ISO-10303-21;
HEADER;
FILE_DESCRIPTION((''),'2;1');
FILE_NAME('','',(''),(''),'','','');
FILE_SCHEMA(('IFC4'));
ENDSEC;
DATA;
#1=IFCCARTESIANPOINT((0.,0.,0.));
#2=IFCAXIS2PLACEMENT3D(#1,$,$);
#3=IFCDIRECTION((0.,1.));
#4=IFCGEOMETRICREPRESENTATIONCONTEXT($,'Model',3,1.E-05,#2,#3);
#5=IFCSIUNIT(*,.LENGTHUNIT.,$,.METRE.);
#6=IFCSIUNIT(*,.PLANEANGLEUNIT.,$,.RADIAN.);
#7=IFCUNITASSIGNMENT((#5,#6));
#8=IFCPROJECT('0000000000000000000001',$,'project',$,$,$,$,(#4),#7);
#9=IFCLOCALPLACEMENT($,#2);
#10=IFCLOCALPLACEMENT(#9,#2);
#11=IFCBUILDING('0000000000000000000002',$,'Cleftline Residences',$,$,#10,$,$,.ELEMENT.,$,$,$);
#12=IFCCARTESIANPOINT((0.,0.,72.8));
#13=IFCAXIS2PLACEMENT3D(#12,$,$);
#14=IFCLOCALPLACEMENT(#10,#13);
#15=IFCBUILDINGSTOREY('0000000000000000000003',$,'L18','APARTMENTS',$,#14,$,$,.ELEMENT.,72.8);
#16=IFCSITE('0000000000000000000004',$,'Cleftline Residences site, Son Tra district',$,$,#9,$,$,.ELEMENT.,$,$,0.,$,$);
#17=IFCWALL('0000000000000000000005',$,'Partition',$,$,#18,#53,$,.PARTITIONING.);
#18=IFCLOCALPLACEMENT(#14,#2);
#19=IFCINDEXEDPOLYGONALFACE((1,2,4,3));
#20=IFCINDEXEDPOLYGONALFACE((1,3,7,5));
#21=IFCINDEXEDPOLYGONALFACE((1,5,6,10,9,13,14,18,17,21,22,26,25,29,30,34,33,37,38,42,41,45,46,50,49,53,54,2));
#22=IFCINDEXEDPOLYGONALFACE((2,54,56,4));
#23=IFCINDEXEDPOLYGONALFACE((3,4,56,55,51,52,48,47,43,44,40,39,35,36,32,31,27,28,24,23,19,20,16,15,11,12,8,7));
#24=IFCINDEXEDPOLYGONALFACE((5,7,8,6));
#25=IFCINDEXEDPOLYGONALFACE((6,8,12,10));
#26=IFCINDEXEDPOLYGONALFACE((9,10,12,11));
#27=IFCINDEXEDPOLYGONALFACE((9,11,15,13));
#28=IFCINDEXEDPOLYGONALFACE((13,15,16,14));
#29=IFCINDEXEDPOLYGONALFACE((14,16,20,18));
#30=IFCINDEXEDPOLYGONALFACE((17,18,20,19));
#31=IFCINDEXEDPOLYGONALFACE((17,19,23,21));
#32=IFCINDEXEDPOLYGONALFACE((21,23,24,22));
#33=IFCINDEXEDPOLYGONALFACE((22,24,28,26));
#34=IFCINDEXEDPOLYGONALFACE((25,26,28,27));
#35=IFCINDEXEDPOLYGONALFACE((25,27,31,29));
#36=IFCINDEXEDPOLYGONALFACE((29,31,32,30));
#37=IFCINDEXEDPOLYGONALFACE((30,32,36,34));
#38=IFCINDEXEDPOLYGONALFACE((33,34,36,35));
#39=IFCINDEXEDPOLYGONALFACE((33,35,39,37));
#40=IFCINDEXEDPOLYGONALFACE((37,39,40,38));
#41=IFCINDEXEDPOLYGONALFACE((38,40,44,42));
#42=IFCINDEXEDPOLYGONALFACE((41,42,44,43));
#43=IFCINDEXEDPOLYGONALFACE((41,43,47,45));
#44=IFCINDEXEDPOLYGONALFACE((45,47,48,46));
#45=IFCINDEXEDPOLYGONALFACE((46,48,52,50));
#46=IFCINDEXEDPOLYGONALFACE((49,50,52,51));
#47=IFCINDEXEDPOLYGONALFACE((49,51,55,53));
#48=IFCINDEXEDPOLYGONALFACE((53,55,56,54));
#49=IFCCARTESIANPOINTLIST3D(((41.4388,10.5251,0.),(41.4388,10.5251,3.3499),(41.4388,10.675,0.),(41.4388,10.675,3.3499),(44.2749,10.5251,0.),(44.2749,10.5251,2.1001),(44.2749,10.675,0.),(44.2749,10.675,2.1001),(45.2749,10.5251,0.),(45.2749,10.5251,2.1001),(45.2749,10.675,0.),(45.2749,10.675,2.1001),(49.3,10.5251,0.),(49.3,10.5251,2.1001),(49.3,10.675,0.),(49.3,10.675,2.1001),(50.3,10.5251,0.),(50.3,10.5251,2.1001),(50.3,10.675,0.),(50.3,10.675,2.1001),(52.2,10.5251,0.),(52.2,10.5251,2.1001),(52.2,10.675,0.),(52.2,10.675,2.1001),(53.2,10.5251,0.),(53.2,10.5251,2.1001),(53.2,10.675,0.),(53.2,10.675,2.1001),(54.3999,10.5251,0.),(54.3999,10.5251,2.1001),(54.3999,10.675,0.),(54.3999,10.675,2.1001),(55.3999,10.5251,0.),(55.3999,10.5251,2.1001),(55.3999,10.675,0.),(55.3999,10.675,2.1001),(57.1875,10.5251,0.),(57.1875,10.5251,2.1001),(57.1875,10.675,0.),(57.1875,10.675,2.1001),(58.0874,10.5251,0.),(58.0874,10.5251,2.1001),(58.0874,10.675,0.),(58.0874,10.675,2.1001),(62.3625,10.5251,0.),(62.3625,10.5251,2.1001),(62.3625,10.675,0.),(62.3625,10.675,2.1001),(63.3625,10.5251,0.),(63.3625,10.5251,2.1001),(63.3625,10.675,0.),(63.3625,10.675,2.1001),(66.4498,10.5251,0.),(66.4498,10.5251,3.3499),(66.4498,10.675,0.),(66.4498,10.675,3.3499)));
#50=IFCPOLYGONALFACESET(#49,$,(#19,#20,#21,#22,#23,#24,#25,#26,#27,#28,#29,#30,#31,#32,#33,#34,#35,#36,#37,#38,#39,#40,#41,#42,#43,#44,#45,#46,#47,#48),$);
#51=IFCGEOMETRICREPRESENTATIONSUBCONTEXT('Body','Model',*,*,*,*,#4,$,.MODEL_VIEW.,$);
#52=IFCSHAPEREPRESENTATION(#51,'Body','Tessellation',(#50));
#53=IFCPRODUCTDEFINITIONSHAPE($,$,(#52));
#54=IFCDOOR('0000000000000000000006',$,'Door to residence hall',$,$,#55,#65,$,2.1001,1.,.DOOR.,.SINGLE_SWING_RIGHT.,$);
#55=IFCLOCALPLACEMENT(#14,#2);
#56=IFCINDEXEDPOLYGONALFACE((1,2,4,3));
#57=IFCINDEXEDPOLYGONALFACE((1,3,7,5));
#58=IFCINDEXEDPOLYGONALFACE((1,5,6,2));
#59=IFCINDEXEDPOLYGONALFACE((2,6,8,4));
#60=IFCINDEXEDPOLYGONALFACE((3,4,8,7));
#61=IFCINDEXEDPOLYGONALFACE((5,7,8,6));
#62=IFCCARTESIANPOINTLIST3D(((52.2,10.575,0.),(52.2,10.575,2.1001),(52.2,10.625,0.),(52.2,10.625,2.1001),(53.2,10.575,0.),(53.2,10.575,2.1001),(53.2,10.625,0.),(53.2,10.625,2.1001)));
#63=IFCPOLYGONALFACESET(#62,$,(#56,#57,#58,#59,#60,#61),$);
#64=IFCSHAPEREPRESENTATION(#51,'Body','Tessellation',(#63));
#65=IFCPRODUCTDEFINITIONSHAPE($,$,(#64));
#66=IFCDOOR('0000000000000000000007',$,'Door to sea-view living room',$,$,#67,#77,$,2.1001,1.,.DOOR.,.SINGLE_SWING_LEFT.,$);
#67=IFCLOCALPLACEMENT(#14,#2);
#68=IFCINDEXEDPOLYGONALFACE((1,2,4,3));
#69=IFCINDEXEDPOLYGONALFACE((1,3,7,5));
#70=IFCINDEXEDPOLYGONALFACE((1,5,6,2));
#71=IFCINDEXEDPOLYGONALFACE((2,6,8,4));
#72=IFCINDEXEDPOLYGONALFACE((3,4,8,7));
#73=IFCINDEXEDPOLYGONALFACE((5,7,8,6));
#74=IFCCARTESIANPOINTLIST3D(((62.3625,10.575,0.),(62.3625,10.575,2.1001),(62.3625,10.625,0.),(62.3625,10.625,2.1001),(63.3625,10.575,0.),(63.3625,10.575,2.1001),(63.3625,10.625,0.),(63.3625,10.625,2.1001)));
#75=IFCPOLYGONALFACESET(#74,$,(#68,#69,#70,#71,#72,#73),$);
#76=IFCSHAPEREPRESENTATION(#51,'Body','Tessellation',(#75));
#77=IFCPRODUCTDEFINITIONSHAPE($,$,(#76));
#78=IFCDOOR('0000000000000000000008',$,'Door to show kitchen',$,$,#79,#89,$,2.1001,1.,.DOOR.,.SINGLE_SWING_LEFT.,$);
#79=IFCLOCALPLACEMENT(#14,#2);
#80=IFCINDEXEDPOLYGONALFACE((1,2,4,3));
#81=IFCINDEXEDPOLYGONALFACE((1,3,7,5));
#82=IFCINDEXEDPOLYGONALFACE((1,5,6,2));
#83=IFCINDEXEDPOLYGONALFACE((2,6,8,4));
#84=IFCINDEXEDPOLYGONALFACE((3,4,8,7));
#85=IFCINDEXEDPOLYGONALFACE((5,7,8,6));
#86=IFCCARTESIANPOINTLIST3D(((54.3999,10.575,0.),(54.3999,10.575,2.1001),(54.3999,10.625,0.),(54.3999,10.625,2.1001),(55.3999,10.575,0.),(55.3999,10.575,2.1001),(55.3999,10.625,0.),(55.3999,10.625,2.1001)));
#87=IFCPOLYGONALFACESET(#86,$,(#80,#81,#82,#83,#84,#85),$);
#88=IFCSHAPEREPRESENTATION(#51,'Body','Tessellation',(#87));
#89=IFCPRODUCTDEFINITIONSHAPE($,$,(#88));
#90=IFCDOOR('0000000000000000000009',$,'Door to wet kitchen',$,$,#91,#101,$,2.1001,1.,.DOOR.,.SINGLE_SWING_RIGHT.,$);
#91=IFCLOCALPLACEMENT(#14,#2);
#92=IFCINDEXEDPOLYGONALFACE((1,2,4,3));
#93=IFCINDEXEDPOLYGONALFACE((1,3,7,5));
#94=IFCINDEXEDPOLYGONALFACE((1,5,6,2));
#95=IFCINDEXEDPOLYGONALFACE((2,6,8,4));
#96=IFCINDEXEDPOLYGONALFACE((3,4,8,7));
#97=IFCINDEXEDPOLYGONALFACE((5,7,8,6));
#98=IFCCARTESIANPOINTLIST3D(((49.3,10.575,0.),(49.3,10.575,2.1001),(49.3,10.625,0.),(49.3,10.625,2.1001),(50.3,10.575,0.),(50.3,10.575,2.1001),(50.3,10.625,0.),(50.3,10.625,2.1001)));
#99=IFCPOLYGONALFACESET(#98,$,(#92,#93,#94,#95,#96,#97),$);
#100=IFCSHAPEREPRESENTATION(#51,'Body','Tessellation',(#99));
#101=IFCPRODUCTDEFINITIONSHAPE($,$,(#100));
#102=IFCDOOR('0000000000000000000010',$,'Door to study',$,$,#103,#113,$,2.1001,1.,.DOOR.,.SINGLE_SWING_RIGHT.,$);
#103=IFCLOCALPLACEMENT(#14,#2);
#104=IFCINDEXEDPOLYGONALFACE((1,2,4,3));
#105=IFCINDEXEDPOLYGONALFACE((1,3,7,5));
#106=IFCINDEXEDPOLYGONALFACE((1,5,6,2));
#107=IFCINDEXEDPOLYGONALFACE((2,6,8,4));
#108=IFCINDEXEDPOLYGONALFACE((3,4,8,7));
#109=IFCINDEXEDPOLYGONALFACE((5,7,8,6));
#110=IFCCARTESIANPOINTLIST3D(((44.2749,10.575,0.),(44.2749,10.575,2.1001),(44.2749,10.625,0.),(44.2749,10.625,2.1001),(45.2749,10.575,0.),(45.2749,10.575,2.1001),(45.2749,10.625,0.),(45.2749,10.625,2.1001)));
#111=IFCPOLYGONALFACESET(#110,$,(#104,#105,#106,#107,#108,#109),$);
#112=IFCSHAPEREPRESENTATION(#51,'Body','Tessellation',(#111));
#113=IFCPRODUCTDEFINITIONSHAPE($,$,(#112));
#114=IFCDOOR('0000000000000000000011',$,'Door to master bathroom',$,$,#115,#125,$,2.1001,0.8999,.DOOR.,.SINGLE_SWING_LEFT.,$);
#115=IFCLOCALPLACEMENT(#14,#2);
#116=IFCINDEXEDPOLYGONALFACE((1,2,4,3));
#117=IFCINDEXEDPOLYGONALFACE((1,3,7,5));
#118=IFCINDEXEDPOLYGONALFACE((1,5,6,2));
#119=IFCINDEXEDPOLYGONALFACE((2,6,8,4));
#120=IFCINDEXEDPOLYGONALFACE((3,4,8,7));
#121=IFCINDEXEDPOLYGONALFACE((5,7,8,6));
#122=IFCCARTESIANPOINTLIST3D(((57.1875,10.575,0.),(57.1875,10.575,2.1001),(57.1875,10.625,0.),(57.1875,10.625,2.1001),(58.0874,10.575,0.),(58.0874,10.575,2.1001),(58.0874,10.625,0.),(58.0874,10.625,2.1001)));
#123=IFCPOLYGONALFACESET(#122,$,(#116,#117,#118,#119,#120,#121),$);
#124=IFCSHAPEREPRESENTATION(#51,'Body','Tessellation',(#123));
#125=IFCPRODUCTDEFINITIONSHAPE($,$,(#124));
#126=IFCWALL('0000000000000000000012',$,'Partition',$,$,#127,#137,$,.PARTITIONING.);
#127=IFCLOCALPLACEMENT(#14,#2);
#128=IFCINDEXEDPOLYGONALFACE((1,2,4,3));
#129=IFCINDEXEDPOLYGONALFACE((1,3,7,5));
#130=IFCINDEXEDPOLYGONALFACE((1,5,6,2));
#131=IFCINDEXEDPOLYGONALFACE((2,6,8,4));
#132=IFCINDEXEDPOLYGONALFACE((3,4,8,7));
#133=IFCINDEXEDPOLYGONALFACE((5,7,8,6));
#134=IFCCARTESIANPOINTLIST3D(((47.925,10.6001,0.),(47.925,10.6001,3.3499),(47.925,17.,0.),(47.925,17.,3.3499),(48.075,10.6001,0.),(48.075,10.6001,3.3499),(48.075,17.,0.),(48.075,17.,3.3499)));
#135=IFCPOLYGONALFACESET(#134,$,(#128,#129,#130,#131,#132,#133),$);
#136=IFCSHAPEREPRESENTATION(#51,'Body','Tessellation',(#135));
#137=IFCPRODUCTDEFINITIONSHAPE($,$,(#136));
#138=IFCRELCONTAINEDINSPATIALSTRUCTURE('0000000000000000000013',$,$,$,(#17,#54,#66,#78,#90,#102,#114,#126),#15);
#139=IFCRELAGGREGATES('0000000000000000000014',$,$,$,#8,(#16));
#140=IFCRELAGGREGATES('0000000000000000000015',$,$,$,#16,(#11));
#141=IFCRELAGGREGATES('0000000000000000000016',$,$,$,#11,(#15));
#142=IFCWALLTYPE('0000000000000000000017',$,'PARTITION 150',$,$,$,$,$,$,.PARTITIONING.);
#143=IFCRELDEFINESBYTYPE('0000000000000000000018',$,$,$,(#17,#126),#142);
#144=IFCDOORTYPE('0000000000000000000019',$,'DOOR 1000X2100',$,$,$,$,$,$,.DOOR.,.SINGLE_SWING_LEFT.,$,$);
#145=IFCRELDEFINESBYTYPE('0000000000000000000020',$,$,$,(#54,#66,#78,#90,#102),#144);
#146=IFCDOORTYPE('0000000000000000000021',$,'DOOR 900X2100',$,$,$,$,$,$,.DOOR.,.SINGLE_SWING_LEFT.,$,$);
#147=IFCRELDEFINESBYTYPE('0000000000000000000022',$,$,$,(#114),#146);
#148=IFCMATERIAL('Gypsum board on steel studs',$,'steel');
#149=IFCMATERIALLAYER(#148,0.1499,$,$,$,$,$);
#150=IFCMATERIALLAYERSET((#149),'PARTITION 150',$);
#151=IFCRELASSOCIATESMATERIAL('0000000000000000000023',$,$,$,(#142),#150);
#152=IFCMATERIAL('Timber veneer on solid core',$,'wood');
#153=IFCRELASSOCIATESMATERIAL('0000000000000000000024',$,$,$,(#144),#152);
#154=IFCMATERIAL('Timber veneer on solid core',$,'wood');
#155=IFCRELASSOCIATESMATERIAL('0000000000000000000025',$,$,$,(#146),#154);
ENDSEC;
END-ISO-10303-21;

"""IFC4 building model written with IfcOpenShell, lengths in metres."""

from ifc_helpers import new_model, si_unit, direction, frame, frame_2d, origin, place, context, subcontext, project, spatial, rectangle, extrude, material, layer, layer_set, type_object, element, fill, save


model = new_model("IFC4")

# Units and contexts
model_context = context("Model", 3, precision=1e-05, world=origin(), true_north=direction((0.0, 1.0)))
body_context = subcontext(model_context, "Body", "Model", "MODEL_VIEW")
ifc_project = project(units=[si_unit("LENGTHUNIT", "METRE"), si_unit("PLANEANGLEUNIT", "RADIAN")], contexts=[model_context])

# Site, building, storey
site_placement = place(None, origin())
site = spatial("IfcSite", under=ifc_project, at=site_placement, Name="Cleftline Residences site, Son Tra district", CompositionType="ELEMENT", RefElevation=0.0)
building_placement = place(site_placement, origin())
building = spatial("IfcBuilding", under=site, at=building_placement, Name="Cleftline Residences", CompositionType="ELEMENT")
storey_placement = place(building_placement, frame((0.0, 0.0, 72.8)))
storey = spatial("IfcBuildingStorey", under=building, at=storey_placement, Name="L18", Description="APARTMENTS", CompositionType="ELEMENT", Elevation=72.8)

# Shared definitions
ifc_material_1 = material(Name="Gypsum board on steel studs", Category="steel")
ifc_layer_1 = layer(ifc_material_1, 0.1499)
ifc_layer_set_1 = layer_set([ifc_layer_1], Name="PARTITION 150")
wall_type = type_object("IfcWallType", Name="PARTITION 150", PredefinedType="PARTITIONING", material=ifc_layer_set_1)
ifc_material_2 = material(Name="Timber veneer on solid core", Category="wood")
door_type_1 = type_object("IfcDoorType", Name="DOOR 1000X2100", OperationType="SINGLE_SWING_LEFT", PredefinedType="DOOR", material=ifc_material_2)

# Wall, openings, doors
ifc_material_3 = material(Name="Timber veneer on solid core", Category="wood")
door_type_2 = type_object("IfcDoorType", Name="DOOR 900X2100", OperationType="SINGLE_SWING_LEFT", PredefinedType="DOOR", material=ifc_material_3)
wall_1_placement = place(storey_placement, frame((41.439, 10.6001, 0.0), z_axis=(0.0, 0.0, 1.0), x_axis=(1.0, 0.0, 0.0)))
wall_1 = element("IfcWall", 1, at=wall_1_placement, inside=storey, type_object=wall_type, Name="Partition", PredefinedType="PARTITIONING", context=body_context, shape_type="SweptSolid", body=[
    extrude(rectangle(XDim=25.011, YDim=0.1499, at=frame_2d((12.5054, 0.0))), origin(), (0.0, 0.0, 1.0), 3.3499),
])
opening_1_placement = place(wall_1_placement, frame((10.761, 0.0, 0.0)))
opening_1 = element("IfcOpeningElement", 2, at=opening_1_placement, cuts=wall_1, PredefinedType="OPENING", context=body_context, shape_type="SweptSolid", body=[
    extrude(rectangle(XDim=1.0, YDim=2.1001, at=frame_2d((0.5, 1.05))), frame((0.0, 0.085, 0.0), z_axis=(0.0, -1.0, 0.0), x_axis=(1.0, 0.0, 0.0)), (0.0, 0.0, 1.0), 0.1699),
])
opening_2_placement = place(wall_1_placement, frame((20.9236, 0.0, 0.0)))
opening_2 = element("IfcOpeningElement", 3, at=opening_2_placement, cuts=wall_1, PredefinedType="OPENING", context=body_context, shape_type="SweptSolid", body=[
    extrude(rectangle(XDim=1.0, YDim=2.1001, at=frame_2d((0.5, 1.05))), frame((0.0, 0.085, 0.0), z_axis=(0.0, -1.0, 0.0), x_axis=(1.0, 0.0, 0.0)), (0.0, 0.0, 1.0), 0.1699),
])
opening_3_placement = place(wall_1_placement, frame((15.7485, 0.0, 0.0)))
opening_3 = element("IfcOpeningElement", 4, at=opening_3_placement, cuts=wall_1, PredefinedType="OPENING", context=body_context, shape_type="SweptSolid", body=[
    extrude(rectangle(XDim=0.8999, YDim=2.1001, at=frame_2d((0.45, 1.05))), frame((0.0, 0.085, 0.0), z_axis=(0.0, -1.0, 0.0), x_axis=(1.0, 0.0, 0.0)), (0.0, 0.0, 1.0), 0.1699),
])
opening_4_placement = place(wall_1_placement, frame((12.9609, 0.0, 0.0)))
opening_4 = element("IfcOpeningElement", 5, at=opening_4_placement, cuts=wall_1, PredefinedType="OPENING", context=body_context, shape_type="SweptSolid", body=[
    extrude(rectangle(XDim=1.0, YDim=2.1001, at=frame_2d((0.5, 1.05))), frame((0.0, 0.085, 0.0), z_axis=(0.0, -1.0, 0.0), x_axis=(1.0, 0.0, 0.0)), (0.0, 0.0, 1.0), 0.1699),
])
opening_5_placement = place(wall_1_placement, frame((7.8611, 0.0, 0.0)))
opening_5 = element("IfcOpeningElement", 6, at=opening_5_placement, cuts=wall_1, PredefinedType="OPENING", context=body_context, shape_type="SweptSolid", body=[
    extrude(rectangle(XDim=1.0, YDim=2.1001, at=frame_2d((0.5, 1.05))), frame((0.0, 0.085, 0.0), z_axis=(0.0, -1.0, 0.0), x_axis=(1.0, 0.0, 0.0)), (0.0, 0.0, 1.0), 0.1699),
])
opening_6_placement = place(wall_1_placement, frame((2.8359, 0.0, 0.0)))
opening_6 = element("IfcOpeningElement", 7, at=opening_6_placement, cuts=wall_1, PredefinedType="OPENING", context=body_context, shape_type="SweptSolid", body=[
    extrude(rectangle(XDim=1.0, YDim=2.1001, at=frame_2d((0.5, 1.05))), frame((0.0, 0.085, 0.0), z_axis=(0.0, -1.0, 0.0), x_axis=(1.0, 0.0, 0.0)), (0.0, 0.0, 1.0), 0.1699),
])
door_1_placement = place(opening_1_placement, origin())
door_1 = element("IfcDoor", 8, at=door_1_placement, inside=storey, type_object=door_type_1, Name="Door to residence hall", OperationType="SINGLE_SWING_RIGHT", OverallHeight=2.1001, OverallWidth=1.0, PredefinedType="DOOR", context=body_context, shape_type="SweptSolid", body=[
    extrude(rectangle(XDim=1.0, YDim=2.1001, at=frame_2d((0.5, 1.05))), frame((0.0, 0.0249, 0.0), z_axis=(0.0, -1.0, 0.0), x_axis=(1.0, 0.0, 0.0)), (0.0, 0.0, 1.0), 0.05),
])
fill(opening_1, door_1)
door_2_placement = place(opening_2_placement, origin())
door_2 = element("IfcDoor", 9, at=door_2_placement, inside=storey, type_object=door_type_1, Name="Door to sea-view living room", OperationType="SINGLE_SWING_LEFT", OverallHeight=2.1001, OverallWidth=1.0, PredefinedType="DOOR", context=body_context, shape_type="SweptSolid", body=[
    extrude(rectangle(XDim=1.0, YDim=2.1001, at=frame_2d((0.5, 1.05))), frame((0.0, 0.0249, 0.0), z_axis=(0.0, -1.0, 0.0), x_axis=(1.0, 0.0, 0.0)), (0.0, 0.0, 1.0), 0.05),
])
fill(opening_2, door_2)
door_3_placement = place(opening_4_placement, origin())
door_3 = element("IfcDoor", 10, at=door_3_placement, inside=storey, type_object=door_type_1, Name="Door to show kitchen", OperationType="SINGLE_SWING_LEFT", OverallHeight=2.1001, OverallWidth=1.0, PredefinedType="DOOR", context=body_context, shape_type="SweptSolid", body=[
    extrude(rectangle(XDim=1.0, YDim=2.1001, at=frame_2d((0.5, 1.05))), frame((0.0, 0.0249, 0.0), z_axis=(0.0, -1.0, 0.0), x_axis=(1.0, 0.0, 0.0)), (0.0, 0.0, 1.0), 0.05),
])
fill(opening_4, door_3)
door_4_placement = place(opening_5_placement, origin())
door_4 = element("IfcDoor", 11, at=door_4_placement, inside=storey, type_object=door_type_1, Name="Door to wet kitchen", OperationType="SINGLE_SWING_RIGHT", OverallHeight=2.1001, OverallWidth=1.0, PredefinedType="DOOR", context=body_context, shape_type="SweptSolid", body=[
    extrude(rectangle(XDim=1.0, YDim=2.1001, at=frame_2d((0.5, 1.05))), frame((0.0, 0.0249, 0.0), z_axis=(0.0, -1.0, 0.0), x_axis=(1.0, 0.0, 0.0)), (0.0, 0.0, 1.0), 0.05),
])
fill(opening_5, door_4)
door_5_placement = place(opening_6_placement, origin())
door_5 = element("IfcDoor", 12, at=door_5_placement, inside=storey, type_object=door_type_1, Name="Door to study", OperationType="SINGLE_SWING_RIGHT", OverallHeight=2.1001, OverallWidth=1.0, PredefinedType="DOOR", context=body_context, shape_type="SweptSolid", body=[
    extrude(rectangle(XDim=1.0, YDim=2.1001, at=frame_2d((0.5, 1.05))), frame((0.0, 0.0249, 0.0), z_axis=(0.0, -1.0, 0.0), x_axis=(1.0, 0.0, 0.0)), (0.0, 0.0, 1.0), 0.05),
])
fill(opening_6, door_5)
door_6_placement = place(opening_3_placement, origin())
door_6 = element("IfcDoor", 13, at=door_6_placement, inside=storey, type_object=door_type_2, Name="Door to master bathroom", OperationType="SINGLE_SWING_LEFT", OverallHeight=2.1001, OverallWidth=0.8999, PredefinedType="DOOR", context=body_context, shape_type="SweptSolid", body=[
    extrude(rectangle(XDim=0.8999, YDim=2.1001, at=frame_2d((0.45, 1.05))), frame((0.0, 0.0249, 0.0), z_axis=(0.0, -1.0, 0.0), x_axis=(1.0, 0.0, 0.0)), (0.0, 0.0, 1.0), 0.05),
])
fill(opening_3, door_6)

# Wall
wall_2_placement = place(storey_placement, frame((48.0, 10.6001, 0.0), z_axis=(0.0, 0.0, 1.0), x_axis=(0.0, 1.0, 0.0)))
element("IfcWall", 14, at=wall_2_placement, inside=storey, type_object=wall_type, Name="Partition", PredefinedType="PARTITIONING", context=body_context, shape_type="SweptSolid", body=[
    extrude(rectangle(XDim=6.3999, YDim=0.1499, at=frame_2d((3.2, 0.0))), origin(), (0.0, 0.0, 1.0), 3.3499),
])

save(model, "model.ifc")
